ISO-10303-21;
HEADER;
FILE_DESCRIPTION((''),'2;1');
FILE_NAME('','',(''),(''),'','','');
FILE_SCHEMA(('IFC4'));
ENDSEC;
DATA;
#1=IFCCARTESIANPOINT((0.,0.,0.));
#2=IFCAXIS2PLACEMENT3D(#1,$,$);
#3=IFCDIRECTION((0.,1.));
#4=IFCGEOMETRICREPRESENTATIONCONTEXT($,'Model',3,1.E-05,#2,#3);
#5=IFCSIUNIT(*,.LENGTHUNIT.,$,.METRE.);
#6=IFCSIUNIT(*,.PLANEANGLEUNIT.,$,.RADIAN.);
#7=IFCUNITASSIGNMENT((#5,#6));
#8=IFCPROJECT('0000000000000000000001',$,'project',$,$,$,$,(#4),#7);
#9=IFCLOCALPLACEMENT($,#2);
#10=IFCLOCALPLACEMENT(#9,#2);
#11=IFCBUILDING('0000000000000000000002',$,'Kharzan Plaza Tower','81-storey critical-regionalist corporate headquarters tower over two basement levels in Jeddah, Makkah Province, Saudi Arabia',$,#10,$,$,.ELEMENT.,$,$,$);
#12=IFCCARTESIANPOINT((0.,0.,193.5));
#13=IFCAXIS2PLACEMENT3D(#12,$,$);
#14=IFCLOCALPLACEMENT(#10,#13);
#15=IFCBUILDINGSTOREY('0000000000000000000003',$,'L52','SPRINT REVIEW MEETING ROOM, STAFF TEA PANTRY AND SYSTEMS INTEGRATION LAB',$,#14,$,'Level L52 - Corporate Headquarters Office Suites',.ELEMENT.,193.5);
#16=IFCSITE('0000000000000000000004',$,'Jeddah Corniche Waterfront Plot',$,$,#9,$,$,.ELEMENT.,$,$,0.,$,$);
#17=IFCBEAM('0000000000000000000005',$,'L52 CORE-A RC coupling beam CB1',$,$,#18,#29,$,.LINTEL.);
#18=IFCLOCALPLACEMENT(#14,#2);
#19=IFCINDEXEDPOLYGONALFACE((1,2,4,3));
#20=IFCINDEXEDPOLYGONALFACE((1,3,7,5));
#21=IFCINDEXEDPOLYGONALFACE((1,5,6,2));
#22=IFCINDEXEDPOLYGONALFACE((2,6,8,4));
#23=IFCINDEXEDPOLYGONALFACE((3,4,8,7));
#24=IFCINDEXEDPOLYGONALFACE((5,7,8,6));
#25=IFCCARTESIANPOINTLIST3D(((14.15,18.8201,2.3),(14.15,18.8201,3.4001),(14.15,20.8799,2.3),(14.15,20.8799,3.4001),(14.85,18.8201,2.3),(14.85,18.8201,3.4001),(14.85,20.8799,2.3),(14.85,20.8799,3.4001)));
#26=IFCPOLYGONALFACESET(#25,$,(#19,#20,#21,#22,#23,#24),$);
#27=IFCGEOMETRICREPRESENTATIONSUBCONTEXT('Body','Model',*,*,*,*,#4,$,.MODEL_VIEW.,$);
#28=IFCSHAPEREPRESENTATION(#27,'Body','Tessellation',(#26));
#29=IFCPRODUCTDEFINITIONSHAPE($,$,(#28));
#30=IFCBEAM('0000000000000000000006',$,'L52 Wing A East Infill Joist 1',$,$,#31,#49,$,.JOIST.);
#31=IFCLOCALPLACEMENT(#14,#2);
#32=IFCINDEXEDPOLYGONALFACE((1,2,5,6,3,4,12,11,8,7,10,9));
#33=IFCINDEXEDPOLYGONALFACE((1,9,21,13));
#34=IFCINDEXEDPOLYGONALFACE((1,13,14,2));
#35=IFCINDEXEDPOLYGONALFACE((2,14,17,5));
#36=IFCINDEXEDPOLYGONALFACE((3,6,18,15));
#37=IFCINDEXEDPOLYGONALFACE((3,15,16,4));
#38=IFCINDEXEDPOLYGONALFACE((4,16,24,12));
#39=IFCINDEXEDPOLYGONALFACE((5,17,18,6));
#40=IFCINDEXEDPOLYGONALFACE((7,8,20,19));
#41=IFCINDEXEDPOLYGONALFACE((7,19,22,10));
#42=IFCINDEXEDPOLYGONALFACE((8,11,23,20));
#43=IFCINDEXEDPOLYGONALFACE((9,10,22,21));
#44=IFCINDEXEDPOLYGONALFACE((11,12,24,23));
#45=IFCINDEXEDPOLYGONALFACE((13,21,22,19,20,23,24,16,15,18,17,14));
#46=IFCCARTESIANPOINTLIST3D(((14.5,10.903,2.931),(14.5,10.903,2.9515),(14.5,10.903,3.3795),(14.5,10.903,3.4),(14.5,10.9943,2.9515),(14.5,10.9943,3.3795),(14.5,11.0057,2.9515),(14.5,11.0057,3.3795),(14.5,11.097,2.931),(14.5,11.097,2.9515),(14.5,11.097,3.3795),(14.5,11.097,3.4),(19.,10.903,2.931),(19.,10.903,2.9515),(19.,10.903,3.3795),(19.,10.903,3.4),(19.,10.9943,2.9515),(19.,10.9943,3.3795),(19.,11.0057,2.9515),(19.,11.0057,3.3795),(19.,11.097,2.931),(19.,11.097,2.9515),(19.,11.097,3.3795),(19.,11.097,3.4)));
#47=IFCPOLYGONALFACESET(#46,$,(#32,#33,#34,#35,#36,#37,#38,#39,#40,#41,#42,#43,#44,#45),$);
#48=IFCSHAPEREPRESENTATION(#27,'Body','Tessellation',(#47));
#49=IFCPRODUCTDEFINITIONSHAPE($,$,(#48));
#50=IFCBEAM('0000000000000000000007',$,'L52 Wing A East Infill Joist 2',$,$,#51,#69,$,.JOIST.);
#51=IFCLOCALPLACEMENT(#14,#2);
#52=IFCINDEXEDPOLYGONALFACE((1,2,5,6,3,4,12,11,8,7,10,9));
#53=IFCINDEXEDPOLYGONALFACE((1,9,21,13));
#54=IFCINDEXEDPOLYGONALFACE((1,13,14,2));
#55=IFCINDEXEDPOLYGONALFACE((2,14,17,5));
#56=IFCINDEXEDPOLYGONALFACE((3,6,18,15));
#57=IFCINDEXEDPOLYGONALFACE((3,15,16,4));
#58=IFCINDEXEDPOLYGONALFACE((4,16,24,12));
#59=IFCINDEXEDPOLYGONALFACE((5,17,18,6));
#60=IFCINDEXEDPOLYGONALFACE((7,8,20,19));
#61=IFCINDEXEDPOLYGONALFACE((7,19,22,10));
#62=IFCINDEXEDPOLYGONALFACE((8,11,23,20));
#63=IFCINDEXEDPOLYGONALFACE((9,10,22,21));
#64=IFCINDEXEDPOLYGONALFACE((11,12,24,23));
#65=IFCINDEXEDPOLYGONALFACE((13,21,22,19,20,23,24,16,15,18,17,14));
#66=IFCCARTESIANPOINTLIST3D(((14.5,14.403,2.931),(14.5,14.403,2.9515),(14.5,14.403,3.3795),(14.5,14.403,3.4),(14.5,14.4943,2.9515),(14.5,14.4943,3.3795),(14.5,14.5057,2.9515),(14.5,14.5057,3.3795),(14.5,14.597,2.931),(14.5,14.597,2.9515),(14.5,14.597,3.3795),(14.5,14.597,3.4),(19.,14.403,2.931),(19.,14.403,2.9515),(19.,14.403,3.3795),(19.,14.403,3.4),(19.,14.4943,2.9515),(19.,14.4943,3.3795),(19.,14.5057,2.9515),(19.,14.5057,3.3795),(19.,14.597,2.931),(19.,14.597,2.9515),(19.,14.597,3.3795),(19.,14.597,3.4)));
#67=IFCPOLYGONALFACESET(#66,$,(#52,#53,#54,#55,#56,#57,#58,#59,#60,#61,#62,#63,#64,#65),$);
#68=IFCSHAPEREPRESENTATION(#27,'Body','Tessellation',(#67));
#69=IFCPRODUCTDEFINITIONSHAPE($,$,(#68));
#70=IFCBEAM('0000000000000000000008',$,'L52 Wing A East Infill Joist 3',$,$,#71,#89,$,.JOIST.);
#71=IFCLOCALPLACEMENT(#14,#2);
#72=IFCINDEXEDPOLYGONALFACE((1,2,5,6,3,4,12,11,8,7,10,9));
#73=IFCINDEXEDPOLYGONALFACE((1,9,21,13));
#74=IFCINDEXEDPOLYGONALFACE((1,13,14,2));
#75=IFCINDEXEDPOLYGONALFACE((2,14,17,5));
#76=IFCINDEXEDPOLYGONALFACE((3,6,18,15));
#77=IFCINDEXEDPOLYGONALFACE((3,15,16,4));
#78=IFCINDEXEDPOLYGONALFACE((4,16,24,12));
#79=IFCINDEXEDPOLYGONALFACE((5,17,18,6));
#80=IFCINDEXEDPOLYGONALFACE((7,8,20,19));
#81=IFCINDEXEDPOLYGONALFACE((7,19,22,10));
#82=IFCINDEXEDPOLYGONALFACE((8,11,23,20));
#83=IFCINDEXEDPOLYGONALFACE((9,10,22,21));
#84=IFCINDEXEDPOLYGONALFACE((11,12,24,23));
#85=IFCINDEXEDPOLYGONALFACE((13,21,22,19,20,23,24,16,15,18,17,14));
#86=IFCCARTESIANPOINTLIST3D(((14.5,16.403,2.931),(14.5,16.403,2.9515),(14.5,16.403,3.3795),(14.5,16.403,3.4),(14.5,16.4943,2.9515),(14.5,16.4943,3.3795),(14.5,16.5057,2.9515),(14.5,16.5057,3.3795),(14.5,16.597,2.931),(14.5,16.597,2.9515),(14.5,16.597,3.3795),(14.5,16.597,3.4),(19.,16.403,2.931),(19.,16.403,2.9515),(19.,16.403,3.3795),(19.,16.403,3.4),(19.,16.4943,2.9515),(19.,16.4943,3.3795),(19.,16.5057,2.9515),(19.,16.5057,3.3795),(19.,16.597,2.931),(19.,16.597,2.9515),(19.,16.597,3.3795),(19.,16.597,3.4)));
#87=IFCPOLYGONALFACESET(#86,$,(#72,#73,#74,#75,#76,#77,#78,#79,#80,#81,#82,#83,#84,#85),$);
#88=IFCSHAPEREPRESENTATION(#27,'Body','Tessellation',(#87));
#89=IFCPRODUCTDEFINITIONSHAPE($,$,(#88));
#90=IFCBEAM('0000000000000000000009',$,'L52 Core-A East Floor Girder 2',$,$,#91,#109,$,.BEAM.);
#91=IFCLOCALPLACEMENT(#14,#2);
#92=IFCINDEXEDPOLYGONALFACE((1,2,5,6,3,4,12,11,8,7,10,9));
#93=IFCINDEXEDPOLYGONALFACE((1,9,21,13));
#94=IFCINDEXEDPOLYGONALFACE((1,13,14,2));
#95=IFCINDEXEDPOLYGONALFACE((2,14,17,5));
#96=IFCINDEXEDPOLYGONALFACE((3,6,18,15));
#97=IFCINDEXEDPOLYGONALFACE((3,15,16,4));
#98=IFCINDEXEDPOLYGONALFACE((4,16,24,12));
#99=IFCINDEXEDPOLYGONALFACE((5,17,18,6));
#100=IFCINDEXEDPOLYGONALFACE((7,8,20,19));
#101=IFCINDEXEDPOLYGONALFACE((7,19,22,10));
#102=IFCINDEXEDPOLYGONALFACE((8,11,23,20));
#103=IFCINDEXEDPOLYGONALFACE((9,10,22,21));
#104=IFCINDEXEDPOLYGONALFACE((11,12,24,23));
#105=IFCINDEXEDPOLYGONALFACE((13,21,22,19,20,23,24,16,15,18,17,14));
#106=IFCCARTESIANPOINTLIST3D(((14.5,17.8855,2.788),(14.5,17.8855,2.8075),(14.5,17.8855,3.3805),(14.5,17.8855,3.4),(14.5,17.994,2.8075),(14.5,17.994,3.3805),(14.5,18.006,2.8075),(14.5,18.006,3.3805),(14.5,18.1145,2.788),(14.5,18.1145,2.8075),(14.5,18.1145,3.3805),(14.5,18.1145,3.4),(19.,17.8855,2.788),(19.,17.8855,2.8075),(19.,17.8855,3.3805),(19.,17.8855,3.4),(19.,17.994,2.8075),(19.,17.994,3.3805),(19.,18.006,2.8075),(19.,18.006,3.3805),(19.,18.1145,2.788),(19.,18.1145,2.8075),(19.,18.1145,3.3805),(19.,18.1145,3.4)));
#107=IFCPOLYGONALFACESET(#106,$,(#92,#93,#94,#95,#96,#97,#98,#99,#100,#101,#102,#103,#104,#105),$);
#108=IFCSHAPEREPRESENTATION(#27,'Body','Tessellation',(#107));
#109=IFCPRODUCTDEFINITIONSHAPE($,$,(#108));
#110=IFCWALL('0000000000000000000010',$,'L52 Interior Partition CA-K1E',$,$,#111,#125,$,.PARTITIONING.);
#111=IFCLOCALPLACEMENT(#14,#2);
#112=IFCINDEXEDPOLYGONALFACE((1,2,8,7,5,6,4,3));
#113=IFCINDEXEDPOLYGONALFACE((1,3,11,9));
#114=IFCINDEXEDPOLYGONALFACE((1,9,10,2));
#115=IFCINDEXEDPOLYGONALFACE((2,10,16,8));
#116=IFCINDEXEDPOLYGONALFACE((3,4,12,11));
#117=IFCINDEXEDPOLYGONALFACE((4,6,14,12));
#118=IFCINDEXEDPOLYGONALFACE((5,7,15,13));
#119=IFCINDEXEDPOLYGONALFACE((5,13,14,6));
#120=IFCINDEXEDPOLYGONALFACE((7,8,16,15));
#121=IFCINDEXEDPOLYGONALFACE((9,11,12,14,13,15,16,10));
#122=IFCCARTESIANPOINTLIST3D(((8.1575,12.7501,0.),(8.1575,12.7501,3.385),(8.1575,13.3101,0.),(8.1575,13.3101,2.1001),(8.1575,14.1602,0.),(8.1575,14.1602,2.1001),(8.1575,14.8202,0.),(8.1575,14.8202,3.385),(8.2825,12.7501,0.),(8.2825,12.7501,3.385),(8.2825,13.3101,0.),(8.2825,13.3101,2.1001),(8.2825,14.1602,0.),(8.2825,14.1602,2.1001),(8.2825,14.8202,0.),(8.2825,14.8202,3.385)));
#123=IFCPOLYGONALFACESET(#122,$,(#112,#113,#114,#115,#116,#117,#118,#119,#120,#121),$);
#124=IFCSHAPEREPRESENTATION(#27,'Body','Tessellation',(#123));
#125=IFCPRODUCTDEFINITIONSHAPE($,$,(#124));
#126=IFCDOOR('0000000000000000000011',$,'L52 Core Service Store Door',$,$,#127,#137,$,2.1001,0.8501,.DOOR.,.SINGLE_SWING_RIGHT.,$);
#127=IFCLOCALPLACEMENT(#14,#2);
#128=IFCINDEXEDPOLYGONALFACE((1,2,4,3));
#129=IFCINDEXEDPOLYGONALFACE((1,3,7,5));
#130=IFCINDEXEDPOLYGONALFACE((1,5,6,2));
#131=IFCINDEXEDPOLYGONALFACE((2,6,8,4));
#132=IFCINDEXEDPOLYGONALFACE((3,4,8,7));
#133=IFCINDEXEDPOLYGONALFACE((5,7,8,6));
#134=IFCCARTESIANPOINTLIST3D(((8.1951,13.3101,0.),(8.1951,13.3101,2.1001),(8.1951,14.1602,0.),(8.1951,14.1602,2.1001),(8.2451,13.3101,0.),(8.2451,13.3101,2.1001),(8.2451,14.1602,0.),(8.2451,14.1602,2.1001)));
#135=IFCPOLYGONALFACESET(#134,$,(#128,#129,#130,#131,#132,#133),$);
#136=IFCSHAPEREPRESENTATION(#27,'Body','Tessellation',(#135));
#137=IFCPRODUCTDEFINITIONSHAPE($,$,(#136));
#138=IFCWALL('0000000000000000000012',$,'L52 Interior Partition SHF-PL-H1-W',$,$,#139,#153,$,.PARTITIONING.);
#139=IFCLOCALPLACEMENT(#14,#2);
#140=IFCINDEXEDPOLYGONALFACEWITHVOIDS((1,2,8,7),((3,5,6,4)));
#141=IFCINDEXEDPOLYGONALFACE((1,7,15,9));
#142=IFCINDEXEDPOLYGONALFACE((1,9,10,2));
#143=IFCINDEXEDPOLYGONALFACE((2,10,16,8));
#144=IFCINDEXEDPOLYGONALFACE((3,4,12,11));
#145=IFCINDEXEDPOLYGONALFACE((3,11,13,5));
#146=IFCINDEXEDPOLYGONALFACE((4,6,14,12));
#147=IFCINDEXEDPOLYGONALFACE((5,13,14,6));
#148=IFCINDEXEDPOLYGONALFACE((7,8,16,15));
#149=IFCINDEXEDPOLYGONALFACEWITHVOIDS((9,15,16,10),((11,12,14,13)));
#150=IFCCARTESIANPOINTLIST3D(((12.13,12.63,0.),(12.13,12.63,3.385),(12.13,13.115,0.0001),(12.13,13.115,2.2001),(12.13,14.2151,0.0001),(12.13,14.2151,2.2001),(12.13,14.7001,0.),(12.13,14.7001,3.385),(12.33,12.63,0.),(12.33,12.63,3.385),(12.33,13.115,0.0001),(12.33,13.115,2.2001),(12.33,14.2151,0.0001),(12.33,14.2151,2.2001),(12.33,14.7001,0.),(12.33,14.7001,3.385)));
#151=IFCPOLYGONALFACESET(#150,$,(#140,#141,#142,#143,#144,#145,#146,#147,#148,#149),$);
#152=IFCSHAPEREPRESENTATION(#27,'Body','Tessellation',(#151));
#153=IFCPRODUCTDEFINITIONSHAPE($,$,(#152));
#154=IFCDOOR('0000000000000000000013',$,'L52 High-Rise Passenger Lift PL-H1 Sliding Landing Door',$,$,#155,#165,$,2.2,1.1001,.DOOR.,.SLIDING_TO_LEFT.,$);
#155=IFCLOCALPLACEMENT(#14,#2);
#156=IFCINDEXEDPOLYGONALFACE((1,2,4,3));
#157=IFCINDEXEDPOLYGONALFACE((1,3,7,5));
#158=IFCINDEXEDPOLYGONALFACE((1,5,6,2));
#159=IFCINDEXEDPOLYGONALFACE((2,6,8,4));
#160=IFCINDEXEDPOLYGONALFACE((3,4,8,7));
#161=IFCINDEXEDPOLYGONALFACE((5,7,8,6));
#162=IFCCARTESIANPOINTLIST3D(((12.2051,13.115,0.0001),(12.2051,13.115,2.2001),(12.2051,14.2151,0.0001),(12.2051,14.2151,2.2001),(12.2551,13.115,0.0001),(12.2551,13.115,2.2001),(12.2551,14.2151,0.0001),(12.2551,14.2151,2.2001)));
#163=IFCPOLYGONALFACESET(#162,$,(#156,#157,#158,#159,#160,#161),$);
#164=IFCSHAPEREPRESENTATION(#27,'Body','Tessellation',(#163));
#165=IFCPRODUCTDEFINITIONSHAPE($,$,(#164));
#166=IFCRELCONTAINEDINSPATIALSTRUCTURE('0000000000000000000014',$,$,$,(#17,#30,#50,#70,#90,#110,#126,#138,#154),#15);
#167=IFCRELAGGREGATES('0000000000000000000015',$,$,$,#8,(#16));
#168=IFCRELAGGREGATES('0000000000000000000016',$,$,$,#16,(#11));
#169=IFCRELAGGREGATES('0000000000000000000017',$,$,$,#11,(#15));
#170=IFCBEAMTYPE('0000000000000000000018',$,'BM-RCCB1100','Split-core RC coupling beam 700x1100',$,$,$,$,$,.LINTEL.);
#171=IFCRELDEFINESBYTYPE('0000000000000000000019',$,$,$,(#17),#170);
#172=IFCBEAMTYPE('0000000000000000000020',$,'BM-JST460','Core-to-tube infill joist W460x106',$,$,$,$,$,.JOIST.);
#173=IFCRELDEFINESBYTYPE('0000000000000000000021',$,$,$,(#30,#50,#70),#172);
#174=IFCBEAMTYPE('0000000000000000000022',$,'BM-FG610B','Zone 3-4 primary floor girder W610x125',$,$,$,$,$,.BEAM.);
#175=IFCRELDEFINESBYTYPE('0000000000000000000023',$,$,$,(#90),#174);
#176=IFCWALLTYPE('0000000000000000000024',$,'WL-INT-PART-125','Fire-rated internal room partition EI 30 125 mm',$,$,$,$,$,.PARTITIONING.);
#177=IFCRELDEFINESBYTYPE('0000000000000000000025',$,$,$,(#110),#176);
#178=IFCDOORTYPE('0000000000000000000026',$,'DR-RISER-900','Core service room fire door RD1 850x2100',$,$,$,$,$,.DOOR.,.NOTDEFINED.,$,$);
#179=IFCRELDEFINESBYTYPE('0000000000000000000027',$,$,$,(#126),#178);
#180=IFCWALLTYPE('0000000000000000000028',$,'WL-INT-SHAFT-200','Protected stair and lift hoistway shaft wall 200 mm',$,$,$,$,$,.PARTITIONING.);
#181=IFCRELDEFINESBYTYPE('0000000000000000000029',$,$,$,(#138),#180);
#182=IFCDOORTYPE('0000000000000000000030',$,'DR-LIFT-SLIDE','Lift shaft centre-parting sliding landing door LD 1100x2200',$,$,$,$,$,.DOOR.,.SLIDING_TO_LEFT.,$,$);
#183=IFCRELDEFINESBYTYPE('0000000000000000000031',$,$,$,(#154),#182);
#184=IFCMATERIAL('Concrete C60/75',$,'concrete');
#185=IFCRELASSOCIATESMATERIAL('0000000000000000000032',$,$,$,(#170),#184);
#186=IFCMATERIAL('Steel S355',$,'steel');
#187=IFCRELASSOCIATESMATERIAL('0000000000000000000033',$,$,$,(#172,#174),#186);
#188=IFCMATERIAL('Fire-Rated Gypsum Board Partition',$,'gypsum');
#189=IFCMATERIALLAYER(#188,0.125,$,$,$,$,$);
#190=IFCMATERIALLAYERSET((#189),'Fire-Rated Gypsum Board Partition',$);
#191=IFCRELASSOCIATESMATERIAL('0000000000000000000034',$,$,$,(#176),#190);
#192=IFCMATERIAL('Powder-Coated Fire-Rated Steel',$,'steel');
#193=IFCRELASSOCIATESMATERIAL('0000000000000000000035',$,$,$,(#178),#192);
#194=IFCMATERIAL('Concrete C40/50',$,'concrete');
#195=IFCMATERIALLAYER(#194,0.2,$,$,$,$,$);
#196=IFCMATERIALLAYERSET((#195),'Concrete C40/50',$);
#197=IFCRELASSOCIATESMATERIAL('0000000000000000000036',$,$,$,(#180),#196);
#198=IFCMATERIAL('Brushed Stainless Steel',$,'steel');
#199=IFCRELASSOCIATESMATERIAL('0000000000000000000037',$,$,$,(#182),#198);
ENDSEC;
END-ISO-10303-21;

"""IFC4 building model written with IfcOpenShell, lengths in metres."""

from ifc_helpers import new_model, si_unit, direction, frame, frame_2d, origin, origin_2d, place, context, subcontext, project, spatial, rectangle, i_section, extrude, source, transform, mapped, material, layer, layer_set, material_profile, profile_set, type_object, element, fill, save


model = new_model("IFC4")

# Units and contexts
model_context = context("Model", 3, precision=1e-05, world=origin(), true_north=direction((0.0, 1.0)))
body_context = subcontext(model_context, "Body", "Model", "MODEL_VIEW")
ifc_project = project(units=[si_unit("LENGTHUNIT", "METRE"), si_unit("PLANEANGLEUNIT", "RADIAN")], contexts=[model_context])

# Site, building, storey
site_placement = place(None, origin())
site = spatial("IfcSite", under=ifc_project, at=site_placement, Name="Jeddah Corniche Waterfront Plot", CompositionType="ELEMENT", RefElevation=0.0)
building_placement = place(site_placement, origin())
building = spatial("IfcBuilding", under=site, at=building_placement, Name="Kharzan Plaza Tower", Description="81-storey critical-regionalist corporate headquarters tower over two basement levels in Jeddah, Makkah Province, Saudi Arabia", CompositionType="ELEMENT")
storey_placement = place(building_placement, frame((0.0, 0.0, 193.5)))
storey = spatial("IfcBuildingStorey", under=building, at=storey_placement, Name="L52", Description="SPRINT REVIEW MEETING ROOM, STAFF TEA PANTRY AND SYSTEMS INTEGRATION LAB", LongName="Level L52 - Corporate Headquarters Office Suites", CompositionType="ELEMENT", Elevation=193.5)

# Beams
ifc_material_1 = material(Name="Concrete C60/75", Category="concrete")
ifc_material_profile_1 = material_profile(ifc_material_1, rectangle(XDim=0.7, YDim=1.1001, at=origin_2d()), Name="RC-CB1100x700")
ifc_profile_set_1 = profile_set([ifc_material_profile_1], Name="Concrete C60/75")
beam_type_1 = type_object("IfcBeamType", Name="BM-RCCB1100", Description="Split-core RC coupling beam 700x1100", PredefinedType="LINTEL", material=ifc_profile_set_1)
shared_shape_1 = source(origin(), body_context, "Body", "SweptSolid", [
    extrude(rectangle(XDim=0.7, YDim=1.1001, at=origin_2d()), origin(), (0.0, 0.0, 1.0), 2.0598),
])
beam_1_placement = place(storey_placement, frame((14.5, 18.8201, 2.8501), z_axis=(0.0, 1.0, 0.0), x_axis=(-1.0, 0.0, 0.0)))
element("IfcBeam", 1, at=beam_1_placement, inside=storey, type_object=beam_type_1, Name="L52 CORE-A RC coupling beam CB1", PredefinedType="LINTEL", context=body_context, shape_type="MappedRepresentation", body=[
    mapped(shared_shape_1, transform((0.0, 0.0, 0.0), x_axis=(1.0, 0.0, 0.0), y_axis=(0.0, 1.0, 0.0), z_axis=(0.0, 0.0, 1.0))),
])
ifc_material_2 = material(Name="Steel S355", Category="steel")
ifc_material_profile_2 = material_profile(ifc_material_2, i_section(OverallWidth=0.1941, OverallDepth=0.469, WebThickness=0.0115, FlangeThickness=0.0205, at=origin_2d()), Name="W460x106")
ifc_profile_set_2 = profile_set([ifc_material_profile_2], Name="Steel S355")
beam_type_2 = type_object("IfcBeamType", Name="BM-JST460", Description="Core-to-tube infill joist W460x106", PredefinedType="JOIST", material=ifc_profile_set_2)
shared_shape_2 = source(origin(), body_context, "Body", "SweptSolid", [
    extrude(i_section(OverallWidth=0.1941, OverallDepth=0.469, WebThickness=0.0115, FlangeThickness=0.0205, at=origin_2d()), origin(), (0.0, 0.0, 1.0), 4.5),
])
for number, where, z_axis, x_axis, name in (
    (2, (14.5, 11.0, 3.1655), (1.0, 0.0, 0.0), (0.0, 1.0, 0.0), "L52 Wing A East Infill Joist 1"),
    (3, (14.5, 14.5, 3.1655), (1.0, 0.0, 0.0), (0.0, 1.0, 0.0), "L52 Wing A East Infill Joist 2"),
    (4, (14.5, 16.5, 3.1655), (1.0, 0.0, 0.0), (0.0, 1.0, 0.0), "L52 Wing A East Infill Joist 3"),
):
    element("IfcBeam", number, at=place(storey_placement, frame(where, z_axis=z_axis, x_axis=x_axis)), inside=storey, type_object=beam_type_2, Name=name, PredefinedType="JOIST", context=body_context, shape_type="MappedRepresentation", body=[
        mapped(shared_shape_2, transform((0.0, 0.0, 0.0), x_axis=(1.0, 0.0, 0.0), y_axis=(0.0, 1.0, 0.0), z_axis=(0.0, 0.0, 1.0))),
    ])
ifc_material_profile_3 = material_profile(ifc_material_2, i_section(OverallWidth=0.229, OverallDepth=0.6121, WebThickness=0.012, FlangeThickness=0.0195, at=origin_2d()), Name="W610x125")
ifc_profile_set_3 = profile_set([ifc_material_profile_3], Name="Steel S355")
beam_type_3 = type_object("IfcBeamType", Name="BM-FG610B", Description="Zone 3-4 primary floor girder W610x125", PredefinedType="BEAM", material=ifc_profile_set_3)
shared_shape_3 = source(origin(), body_context, "Body", "SweptSolid", [
    extrude(i_section(OverallWidth=0.229, OverallDepth=0.6121, WebThickness=0.012, FlangeThickness=0.0195, at=origin_2d()), origin(), (0.0, 0.0, 1.0), 4.5),
])
beam_2_placement = place(storey_placement, frame((14.5, 18.0, 3.094), z_axis=(1.0, 0.0, 0.0), x_axis=(0.0, 1.0, 0.0)))
element("IfcBeam", 5, at=beam_2_placement, inside=storey, type_object=beam_type_3, Name="L52 Core-A East Floor Girder 2", PredefinedType="BEAM", context=body_context, shape_type="MappedRepresentation", body=[
    mapped(shared_shape_3, transform((0.0, 0.0, 0.0), x_axis=(1.0, 0.0, 0.0), y_axis=(0.0, 1.0, 0.0), z_axis=(0.0, 0.0, 1.0))),
])

# Walls, openings, doors
ifc_material_3 = material(Name="Fire-Rated Gypsum Board Partition", Category="gypsum")
ifc_layer_1 = layer(ifc_material_3, 0.125)
ifc_layer_set_1 = layer_set([ifc_layer_1], Name="Fire-Rated Gypsum Board Partition")
wall_type_1 = type_object("IfcWallType", Name="WL-INT-PART-125", Description="Fire-rated internal room partition EI 30 125 mm", PredefinedType="PARTITIONING", material=ifc_layer_set_1)
wall_1_placement = place(storey_placement, frame((8.22, 12.75, 0.0), z_axis=(0.0, 0.0, 1.0), x_axis=(0.0, 1.0, 0.0)))
wall_1 = element("IfcWall", 6, at=wall_1_placement, inside=storey, type_object=wall_type_1, Name="L52 Interior Partition CA-K1E", PredefinedType="PARTITIONING", context=body_context, shape_type="SweptSolid", body=[
    extrude(rectangle(XDim=2.0701, YDim=0.125, at=frame_2d((1.0352, 0.0))), origin(), (0.0, 0.0, 1.0), 3.385),
])
opening_1_placement = place(wall_1_placement, frame((0.5601, 0.0, 0.0)))
opening_1 = element("IfcOpeningElement", 7, at=opening_1_placement, cuts=wall_1, PredefinedType="OPENING", context=body_context, shape_type="SweptSolid", body=[
    extrude(rectangle(XDim=0.8501, YDim=2.1001, at=frame_2d((0.425, 1.05))), frame((0.0, 0.0725, 0.0), z_axis=(0.0, -1.0, 0.0), x_axis=(1.0, 0.0, 0.0)), (0.0, 0.0, 1.0), 0.145),
])
ifc_material_4 = material(Name="Powder-Coated Fire-Rated Steel", Category="steel")
door_type_1 = type_object("IfcDoorType", Name="DR-RISER-900", Description="Core service room fire door RD1 850x2100", OperationType="NOTDEFINED", PredefinedType="DOOR", material=ifc_material_4)
shared_shape_4 = source(origin(), body_context, "Body", "SweptSolid", [
    extrude(rectangle(XDim=0.8501, YDim=2.1001, at=frame_2d((0.425, 1.05))), frame((0.0, 0.0249, 0.0), z_axis=(0.0, -1.0, 0.0), x_axis=(1.0, 0.0, 0.0)), (0.0, 0.0, 1.0), 0.05),
])
door_1_placement = place(opening_1_placement, origin())
door_1 = element("IfcDoor", 8, at=door_1_placement, inside=storey, type_object=door_type_1, Name="L52 Core Service Store Door", OperationType="SINGLE_SWING_RIGHT", OverallHeight=2.1001, OverallWidth=0.8501, PredefinedType="DOOR", context=body_context, shape_type="MappedRepresentation", body=[
    mapped(shared_shape_4, transform((0.0, 0.0, 0.0), x_axis=(1.0, 0.0, 0.0), y_axis=(0.0, 1.0, 0.0), z_axis=(0.0, 0.0, 1.0))),
])
fill(opening_1, door_1)
ifc_material_5 = material(Name="Concrete C40/50", Category="concrete")
ifc_layer_2 = layer(ifc_material_5, 0.2)
ifc_layer_set_2 = layer_set([ifc_layer_2], Name="Concrete C40/50")
wall_type_2 = type_object("IfcWallType", Name="WL-INT-SHAFT-200", Description="Protected stair and lift hoistway shaft wall 200 mm", PredefinedType="PARTITIONING", material=ifc_layer_set_2)
wall_2_placement = place(storey_placement, frame((12.23, 12.6299, 0.0), z_axis=(0.0, 0.0, 1.0), x_axis=(0.0, 1.0, 0.0)))
wall_2 = element("IfcWall", 9, at=wall_2_placement, inside=storey, type_object=wall_type_2, Name="L52 Interior Partition SHF-PL-H1-W", PredefinedType="PARTITIONING", context=body_context, shape_type="SweptSolid", body=[
    extrude(rectangle(XDim=2.0701, YDim=0.2, at=frame_2d((1.0352, 0.0))), origin(), (0.0, 0.0, 1.0), 3.385),
])
opening_2_placement = place(wall_2_placement, frame((0.4851, 0.0, 0.0)))
opening_2 = element("IfcOpeningElement", 10, at=opening_2_placement, cuts=wall_2, PredefinedType="OPENING", context=body_context, shape_type="SweptSolid", body=[
    extrude(rectangle(XDim=1.1001, YDim=2.2, at=frame_2d((0.55, 1.1001))), frame((0.0, 0.1099, 0.0), z_axis=(0.0, -1.0, 0.0), x_axis=(1.0, 0.0, 0.0)), (0.0, 0.0, 1.0), 0.22),
])
ifc_material_6 = material(Name="Brushed Stainless Steel", Category="steel")
door_type_2 = type_object("IfcDoorType", Name="DR-LIFT-SLIDE", Description="Lift shaft centre-parting sliding landing door LD 1100x2200", OperationType="SLIDING_TO_LEFT", PredefinedType="DOOR", material=ifc_material_6)
shared_shape_5 = source(origin(), body_context, "Body", "SweptSolid", [
    extrude(rectangle(XDim=1.1001, YDim=2.2, at=frame_2d((0.55, 1.1001))), frame((0.0, 0.0249, 0.0), z_axis=(0.0, -1.0, 0.0), x_axis=(1.0, 0.0, 0.0)), (0.0, 0.0, 1.0), 0.05),
])
door_2_placement = place(opening_2_placement, origin())
door_2 = element("IfcDoor", 11, at=door_2_placement, inside=storey, type_object=door_type_2, Name="L52 High-Rise Passenger Lift PL-H1 Sliding Landing Door", OperationType="SLIDING_TO_LEFT", OverallHeight=2.2, OverallWidth=1.1001, PredefinedType="DOOR", context=body_context, shape_type="MappedRepresentation", body=[
    mapped(shared_shape_5, transform((0.0, 0.0, 0.0), x_axis=(1.0, 0.0, 0.0), y_axis=(0.0, 1.0, 0.0), z_axis=(0.0, 0.0, 1.0))),
])
fill(opening_2, door_2)

save(model, "model.ifc")
